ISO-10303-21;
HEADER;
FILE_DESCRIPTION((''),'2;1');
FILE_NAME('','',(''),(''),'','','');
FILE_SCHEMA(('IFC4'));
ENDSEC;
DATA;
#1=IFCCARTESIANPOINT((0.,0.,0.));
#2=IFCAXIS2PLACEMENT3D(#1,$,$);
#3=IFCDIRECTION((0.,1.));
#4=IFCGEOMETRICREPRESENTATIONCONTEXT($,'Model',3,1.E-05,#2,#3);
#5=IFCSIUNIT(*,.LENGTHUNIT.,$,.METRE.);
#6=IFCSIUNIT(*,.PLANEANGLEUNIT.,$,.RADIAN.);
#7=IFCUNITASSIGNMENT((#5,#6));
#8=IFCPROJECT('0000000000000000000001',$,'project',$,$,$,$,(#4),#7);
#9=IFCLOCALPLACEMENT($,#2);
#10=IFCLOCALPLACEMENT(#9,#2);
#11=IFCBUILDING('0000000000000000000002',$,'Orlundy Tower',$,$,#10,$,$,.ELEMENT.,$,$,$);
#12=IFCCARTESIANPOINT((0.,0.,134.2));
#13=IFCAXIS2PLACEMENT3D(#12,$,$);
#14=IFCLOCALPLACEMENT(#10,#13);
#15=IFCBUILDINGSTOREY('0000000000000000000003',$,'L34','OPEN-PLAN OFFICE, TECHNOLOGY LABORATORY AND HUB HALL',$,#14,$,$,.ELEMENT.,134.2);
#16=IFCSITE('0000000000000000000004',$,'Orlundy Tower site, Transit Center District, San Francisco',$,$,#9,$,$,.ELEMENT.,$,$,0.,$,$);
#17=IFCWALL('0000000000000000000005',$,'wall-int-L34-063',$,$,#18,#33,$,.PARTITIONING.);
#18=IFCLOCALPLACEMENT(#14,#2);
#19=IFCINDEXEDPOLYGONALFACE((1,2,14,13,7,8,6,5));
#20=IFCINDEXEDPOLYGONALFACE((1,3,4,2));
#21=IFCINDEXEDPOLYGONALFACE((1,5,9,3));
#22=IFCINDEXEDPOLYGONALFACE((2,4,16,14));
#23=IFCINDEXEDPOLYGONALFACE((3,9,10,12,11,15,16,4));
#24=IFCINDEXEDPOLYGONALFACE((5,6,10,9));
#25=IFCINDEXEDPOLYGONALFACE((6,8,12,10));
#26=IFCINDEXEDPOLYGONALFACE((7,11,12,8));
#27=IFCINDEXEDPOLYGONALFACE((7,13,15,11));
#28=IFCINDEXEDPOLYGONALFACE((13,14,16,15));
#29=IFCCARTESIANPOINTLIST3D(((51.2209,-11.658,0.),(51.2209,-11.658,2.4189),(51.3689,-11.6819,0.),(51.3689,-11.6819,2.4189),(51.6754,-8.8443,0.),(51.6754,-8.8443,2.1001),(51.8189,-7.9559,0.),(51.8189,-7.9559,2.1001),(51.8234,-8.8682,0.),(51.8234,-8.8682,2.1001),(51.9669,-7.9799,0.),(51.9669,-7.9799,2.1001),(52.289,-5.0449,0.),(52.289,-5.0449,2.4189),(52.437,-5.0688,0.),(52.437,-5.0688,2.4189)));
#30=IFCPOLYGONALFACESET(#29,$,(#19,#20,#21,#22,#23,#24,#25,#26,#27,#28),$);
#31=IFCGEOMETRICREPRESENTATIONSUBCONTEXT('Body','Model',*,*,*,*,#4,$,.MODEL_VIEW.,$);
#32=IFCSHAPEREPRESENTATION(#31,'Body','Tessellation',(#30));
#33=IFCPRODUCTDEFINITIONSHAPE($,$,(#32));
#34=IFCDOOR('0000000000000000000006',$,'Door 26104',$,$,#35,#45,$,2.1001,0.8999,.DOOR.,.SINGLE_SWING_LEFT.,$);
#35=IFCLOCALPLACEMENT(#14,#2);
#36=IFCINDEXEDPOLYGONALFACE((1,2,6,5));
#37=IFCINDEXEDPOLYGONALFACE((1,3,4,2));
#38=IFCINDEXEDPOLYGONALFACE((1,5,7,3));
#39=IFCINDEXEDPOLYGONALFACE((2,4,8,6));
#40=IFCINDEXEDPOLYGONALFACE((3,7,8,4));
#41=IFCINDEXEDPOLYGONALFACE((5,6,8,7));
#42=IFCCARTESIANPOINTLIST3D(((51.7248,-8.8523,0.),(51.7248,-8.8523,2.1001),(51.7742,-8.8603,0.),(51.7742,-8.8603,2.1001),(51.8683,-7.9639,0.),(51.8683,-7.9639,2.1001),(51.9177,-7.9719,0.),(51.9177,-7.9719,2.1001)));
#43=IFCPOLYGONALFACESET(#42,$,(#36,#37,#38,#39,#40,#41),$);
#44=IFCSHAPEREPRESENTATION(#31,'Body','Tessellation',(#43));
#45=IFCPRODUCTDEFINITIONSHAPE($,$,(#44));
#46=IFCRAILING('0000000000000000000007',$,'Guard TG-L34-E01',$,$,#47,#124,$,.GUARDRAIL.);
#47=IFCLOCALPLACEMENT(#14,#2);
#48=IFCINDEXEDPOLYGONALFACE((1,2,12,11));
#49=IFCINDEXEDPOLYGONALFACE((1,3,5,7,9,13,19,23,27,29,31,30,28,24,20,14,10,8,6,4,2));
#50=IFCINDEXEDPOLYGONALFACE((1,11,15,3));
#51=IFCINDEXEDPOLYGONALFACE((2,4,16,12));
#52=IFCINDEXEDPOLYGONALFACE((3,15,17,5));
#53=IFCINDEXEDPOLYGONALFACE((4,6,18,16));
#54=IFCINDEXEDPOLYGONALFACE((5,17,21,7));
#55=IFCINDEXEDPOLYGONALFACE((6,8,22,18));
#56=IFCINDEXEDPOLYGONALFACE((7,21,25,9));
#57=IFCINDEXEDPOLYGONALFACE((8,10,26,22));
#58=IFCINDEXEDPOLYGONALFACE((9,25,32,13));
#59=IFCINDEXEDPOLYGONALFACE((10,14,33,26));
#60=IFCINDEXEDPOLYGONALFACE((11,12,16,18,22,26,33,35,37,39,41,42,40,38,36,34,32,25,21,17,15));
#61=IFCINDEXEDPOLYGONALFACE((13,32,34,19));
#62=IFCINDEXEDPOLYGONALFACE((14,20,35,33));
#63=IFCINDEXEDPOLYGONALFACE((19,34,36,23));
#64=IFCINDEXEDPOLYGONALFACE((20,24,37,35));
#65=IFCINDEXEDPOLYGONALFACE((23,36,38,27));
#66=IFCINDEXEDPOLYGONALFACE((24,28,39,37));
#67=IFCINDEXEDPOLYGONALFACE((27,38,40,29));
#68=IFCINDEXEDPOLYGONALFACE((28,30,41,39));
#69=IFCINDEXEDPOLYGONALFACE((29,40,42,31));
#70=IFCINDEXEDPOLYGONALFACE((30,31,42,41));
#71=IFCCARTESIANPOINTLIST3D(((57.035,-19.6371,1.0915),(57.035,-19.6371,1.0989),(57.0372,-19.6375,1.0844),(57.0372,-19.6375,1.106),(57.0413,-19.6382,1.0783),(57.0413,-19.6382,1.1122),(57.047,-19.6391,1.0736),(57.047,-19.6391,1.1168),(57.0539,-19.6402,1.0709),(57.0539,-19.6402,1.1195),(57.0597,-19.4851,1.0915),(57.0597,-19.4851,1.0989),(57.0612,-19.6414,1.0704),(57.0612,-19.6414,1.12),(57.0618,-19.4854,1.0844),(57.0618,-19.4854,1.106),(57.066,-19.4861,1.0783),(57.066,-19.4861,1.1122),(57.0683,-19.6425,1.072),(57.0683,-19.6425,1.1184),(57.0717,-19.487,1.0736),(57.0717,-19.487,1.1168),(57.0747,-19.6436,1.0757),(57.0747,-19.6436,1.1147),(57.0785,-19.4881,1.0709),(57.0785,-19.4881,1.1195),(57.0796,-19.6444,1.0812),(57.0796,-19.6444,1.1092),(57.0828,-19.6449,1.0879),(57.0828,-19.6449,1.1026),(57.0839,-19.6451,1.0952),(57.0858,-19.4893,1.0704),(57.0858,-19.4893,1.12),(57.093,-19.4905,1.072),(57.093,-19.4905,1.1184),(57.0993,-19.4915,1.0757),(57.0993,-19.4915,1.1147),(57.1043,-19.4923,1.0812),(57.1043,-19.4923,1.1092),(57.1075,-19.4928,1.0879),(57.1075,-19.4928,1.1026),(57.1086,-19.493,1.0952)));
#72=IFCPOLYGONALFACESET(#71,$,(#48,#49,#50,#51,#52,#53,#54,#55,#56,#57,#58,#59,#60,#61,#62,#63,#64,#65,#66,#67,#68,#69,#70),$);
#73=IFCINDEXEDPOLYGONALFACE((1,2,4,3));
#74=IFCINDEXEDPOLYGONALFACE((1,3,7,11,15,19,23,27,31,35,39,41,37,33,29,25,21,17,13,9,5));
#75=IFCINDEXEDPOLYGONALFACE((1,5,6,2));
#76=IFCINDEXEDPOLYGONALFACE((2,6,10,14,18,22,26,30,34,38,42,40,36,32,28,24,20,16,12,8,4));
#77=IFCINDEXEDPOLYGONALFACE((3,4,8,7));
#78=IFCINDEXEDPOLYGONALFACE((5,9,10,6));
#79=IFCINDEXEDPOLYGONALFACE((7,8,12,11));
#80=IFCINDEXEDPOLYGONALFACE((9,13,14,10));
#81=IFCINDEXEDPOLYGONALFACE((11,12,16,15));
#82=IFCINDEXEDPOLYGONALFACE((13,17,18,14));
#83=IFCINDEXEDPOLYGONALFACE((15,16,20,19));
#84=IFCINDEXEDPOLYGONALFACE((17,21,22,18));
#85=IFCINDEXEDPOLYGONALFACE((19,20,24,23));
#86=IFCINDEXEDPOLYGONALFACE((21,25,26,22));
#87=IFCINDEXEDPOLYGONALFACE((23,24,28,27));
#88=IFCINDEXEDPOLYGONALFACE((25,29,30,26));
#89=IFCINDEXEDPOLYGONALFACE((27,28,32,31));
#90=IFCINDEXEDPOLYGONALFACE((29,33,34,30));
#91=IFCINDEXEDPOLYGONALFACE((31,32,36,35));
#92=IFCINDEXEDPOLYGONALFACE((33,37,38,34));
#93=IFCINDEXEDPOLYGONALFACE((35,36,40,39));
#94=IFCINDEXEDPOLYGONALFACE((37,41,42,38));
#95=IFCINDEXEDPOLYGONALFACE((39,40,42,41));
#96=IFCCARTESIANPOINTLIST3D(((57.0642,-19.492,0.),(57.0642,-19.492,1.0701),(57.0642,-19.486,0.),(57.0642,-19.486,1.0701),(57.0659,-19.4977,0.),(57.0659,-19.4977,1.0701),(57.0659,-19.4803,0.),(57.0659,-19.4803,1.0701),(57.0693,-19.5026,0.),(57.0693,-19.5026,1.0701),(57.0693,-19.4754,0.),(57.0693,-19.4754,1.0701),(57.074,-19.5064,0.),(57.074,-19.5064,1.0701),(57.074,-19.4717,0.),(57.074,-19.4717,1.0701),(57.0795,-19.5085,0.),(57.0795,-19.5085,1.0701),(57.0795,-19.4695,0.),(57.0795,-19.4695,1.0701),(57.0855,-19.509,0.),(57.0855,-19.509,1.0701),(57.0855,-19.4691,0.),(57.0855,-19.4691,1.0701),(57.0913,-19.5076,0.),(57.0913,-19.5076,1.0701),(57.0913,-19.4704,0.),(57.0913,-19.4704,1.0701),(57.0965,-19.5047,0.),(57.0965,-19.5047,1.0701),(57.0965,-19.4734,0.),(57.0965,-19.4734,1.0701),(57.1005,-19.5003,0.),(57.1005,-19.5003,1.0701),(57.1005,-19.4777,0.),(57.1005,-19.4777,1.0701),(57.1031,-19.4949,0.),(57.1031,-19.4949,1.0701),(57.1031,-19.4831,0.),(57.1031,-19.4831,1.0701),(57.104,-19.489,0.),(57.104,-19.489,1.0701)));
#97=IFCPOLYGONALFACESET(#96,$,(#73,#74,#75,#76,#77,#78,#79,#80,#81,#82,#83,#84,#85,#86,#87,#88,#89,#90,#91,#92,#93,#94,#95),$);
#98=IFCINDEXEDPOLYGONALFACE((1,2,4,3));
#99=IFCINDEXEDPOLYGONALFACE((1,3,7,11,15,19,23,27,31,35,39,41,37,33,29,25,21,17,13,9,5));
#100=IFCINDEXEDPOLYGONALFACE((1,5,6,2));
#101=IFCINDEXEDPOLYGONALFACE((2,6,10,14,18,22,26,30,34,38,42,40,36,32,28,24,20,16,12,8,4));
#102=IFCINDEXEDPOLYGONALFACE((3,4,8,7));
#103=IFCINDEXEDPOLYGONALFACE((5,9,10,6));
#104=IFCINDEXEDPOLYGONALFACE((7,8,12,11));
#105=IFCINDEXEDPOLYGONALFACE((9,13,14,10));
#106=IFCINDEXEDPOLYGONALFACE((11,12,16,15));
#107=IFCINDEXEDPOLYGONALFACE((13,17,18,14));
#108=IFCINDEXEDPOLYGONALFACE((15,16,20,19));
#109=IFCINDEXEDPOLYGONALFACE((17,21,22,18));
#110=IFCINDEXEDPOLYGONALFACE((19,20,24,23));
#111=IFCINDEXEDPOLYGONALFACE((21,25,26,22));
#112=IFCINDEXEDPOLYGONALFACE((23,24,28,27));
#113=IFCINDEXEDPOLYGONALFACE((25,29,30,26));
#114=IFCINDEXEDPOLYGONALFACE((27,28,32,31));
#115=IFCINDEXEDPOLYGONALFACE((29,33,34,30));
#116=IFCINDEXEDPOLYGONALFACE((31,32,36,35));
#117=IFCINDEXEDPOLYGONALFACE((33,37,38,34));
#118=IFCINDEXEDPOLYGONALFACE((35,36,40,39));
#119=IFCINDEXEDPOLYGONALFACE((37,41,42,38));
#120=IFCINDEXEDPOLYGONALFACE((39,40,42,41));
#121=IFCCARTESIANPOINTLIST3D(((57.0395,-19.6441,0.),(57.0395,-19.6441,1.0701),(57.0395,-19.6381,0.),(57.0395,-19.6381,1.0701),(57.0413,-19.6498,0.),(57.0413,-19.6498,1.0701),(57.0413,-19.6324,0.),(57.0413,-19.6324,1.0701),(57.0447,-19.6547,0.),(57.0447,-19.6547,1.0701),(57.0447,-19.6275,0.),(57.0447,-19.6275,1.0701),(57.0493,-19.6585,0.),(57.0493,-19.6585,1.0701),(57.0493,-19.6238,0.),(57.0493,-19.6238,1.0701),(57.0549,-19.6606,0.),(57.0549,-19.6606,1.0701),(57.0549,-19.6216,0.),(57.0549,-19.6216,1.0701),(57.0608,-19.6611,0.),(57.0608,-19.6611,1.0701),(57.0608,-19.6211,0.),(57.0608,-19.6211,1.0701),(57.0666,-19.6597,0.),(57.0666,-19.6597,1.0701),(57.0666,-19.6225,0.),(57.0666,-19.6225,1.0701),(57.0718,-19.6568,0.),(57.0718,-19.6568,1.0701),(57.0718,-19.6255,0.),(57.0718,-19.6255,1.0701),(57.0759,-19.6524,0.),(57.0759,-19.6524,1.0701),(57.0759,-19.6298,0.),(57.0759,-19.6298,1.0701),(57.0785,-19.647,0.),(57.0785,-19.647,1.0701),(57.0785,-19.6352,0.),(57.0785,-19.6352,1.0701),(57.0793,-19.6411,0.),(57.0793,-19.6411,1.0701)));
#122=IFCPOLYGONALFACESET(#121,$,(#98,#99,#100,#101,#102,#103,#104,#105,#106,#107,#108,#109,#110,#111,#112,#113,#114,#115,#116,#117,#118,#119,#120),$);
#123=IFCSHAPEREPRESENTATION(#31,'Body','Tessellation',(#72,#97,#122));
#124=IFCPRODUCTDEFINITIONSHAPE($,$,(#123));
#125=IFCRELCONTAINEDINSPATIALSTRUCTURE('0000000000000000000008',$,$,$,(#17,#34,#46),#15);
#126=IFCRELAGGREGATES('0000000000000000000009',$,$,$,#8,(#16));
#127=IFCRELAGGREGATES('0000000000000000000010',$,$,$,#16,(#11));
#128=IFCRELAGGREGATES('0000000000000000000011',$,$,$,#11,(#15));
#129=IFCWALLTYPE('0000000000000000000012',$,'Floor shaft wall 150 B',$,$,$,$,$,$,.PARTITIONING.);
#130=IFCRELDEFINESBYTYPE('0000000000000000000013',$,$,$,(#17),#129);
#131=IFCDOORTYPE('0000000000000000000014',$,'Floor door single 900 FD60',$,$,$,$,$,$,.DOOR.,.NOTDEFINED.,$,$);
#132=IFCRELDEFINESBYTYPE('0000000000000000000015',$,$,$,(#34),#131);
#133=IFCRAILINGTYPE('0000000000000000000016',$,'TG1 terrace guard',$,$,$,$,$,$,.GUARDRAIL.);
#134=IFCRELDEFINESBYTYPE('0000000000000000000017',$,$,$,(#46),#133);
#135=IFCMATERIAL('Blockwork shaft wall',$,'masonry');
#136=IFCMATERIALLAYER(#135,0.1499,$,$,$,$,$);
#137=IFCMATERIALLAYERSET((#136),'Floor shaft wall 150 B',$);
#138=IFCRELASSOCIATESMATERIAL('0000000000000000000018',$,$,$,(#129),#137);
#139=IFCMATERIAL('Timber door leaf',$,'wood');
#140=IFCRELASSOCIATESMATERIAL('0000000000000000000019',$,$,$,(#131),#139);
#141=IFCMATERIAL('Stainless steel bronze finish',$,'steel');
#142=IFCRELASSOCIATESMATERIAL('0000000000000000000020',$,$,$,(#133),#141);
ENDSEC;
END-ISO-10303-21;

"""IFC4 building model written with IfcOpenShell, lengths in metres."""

from ifc_helpers import new_model, si_unit, direction, frame, frame_2d, origin, origin_2d, place, context, subcontext, project, spatial, rectangle, circle, extrude, material, layer, layer_set, type_object, element, fill, save


model = new_model("IFC4")

# Units and contexts
model_context = context("Model", 3, precision=1e-05, world=origin(), true_north=direction((0.0, 1.0)))
body_context = subcontext(model_context, "Body", "Model", "MODEL_VIEW")
ifc_project = project(units=[si_unit("LENGTHUNIT", "METRE"), si_unit("PLANEANGLEUNIT", "RADIAN")], contexts=[model_context])

# Site, building, storey
site_placement = place(None, origin())
site = spatial("IfcSite", under=ifc_project, at=site_placement, Name="Orlundy Tower site, Transit Center District, San Francisco", CompositionType="ELEMENT", RefElevation=0.0)
building_placement = place(site_placement, origin())
building = spatial("IfcBuilding", under=site, at=building_placement, Name="Orlundy Tower", CompositionType="ELEMENT")
storey_placement = place(building_placement, frame((0.0, 0.0, 134.2)))
storey = spatial("IfcBuildingStorey", under=building, at=storey_placement, Name="L34", Description="OPEN-PLAN OFFICE, TECHNOLOGY LABORATORY AND HUB HALL", CompositionType="ELEMENT", Elevation=134.2)

# Wall, opening, door
ifc_material_1 = material(Name="Blockwork shaft wall", Category="masonry")
ifc_layer_1 = layer(ifc_material_1, 0.1499)
ifc_layer_set_1 = layer_set([ifc_layer_1], Name="Floor shaft wall 150 B")
wall_type_1 = type_object("IfcWallType", Name="Floor shaft wall 150 B", PredefinedType="PARTITIONING", material=ifc_layer_set_1)
wall_1_placement = place(storey_placement, frame((51.2949, -11.6699, 0.0), z_axis=(0.0, 0.0, 1.0), x_axis=(0.15945, 0.987206, 0.0)))
wall_1 = element("IfcWall", 1, at=wall_1_placement, inside=storey, type_object=wall_type_1, Name="wall-int-L34-063", PredefinedType="PARTITIONING", context=body_context, shape_type="SweptSolid", body=[
    extrude(rectangle(XDim=6.6987, YDim=0.1499, at=frame_2d((3.3494, 0.0))), origin(), (0.0, 0.0, 1.0), 2.4189),
])
opening_1_placement = place(wall_1_placement, frame((2.8501, 0.0, 0.0)))
opening_1 = element("IfcOpeningElement", 2, at=opening_1_placement, cuts=wall_1, PredefinedType="OPENING", context=body_context, shape_type="SweptSolid", body=[
    extrude(rectangle(XDim=0.8999, YDim=2.1001, at=frame_2d((0.45, 1.05))), frame((0.0, 0.085, 0.0), z_axis=(0.0, -1.0, 0.0), x_axis=(1.0, 0.0, 0.0)), (0.0, 0.0, 1.0), 0.1699),
])
ifc_material_2 = material(Name="Timber door leaf", Category="wood")
door_type_1 = type_object("IfcDoorType", Name="Floor door single 900 FD60", OperationType="NOTDEFINED", PredefinedType="DOOR", material=ifc_material_2)
door_1_placement = place(opening_1_placement, origin())
door_1 = element("IfcDoor", 3, at=door_1_placement, inside=storey, type_object=door_type_1, Name="Door 26104", OperationType="SINGLE_SWING_LEFT", OverallHeight=2.1001, OverallWidth=0.8999, PredefinedType="DOOR", context=body_context, shape_type="SweptSolid", body=[
    extrude(rectangle(XDim=0.8999, YDim=2.1001, at=frame_2d((0.45, 1.05))), frame((0.0, 0.0249, 0.0), z_axis=(0.0, -1.0, 0.0), x_axis=(1.0, 0.0, 0.0)), (0.0, 0.0, 1.0), 0.05),
])
fill(opening_1, door_1)

# Railing
ifc_material_3 = material(Name="Stainless steel bronze finish", Category="steel")
railing_type = type_object("IfcRailingType", Name="TG1 terrace guard", PredefinedType="GUARDRAIL", material=ifc_material_3)
railing_placement = place(storey_placement, frame((57.084, -19.489, 0.0)))
element("IfcRailing", 4, at=railing_placement, inside=storey, type_object=railing_type, Name="Guard TG-L34-E01", PredefinedType="GUARDRAIL", context=body_context, shape_type="SweptSolid", body=[
    extrude(circle(Radius=0.0249, at=origin_2d()), frame((0.0, 0.0, 1.0952), z_axis=(-0.160029, -0.987112, 0.0), x_axis=(0.987112, -0.160029, 0.0)), (0.0, 0.0, 1.0), 0.1541),
    extrude(circle(Radius=0.02, at=origin_2d()), origin(), (0.0, 0.0, 1.0), 1.0701),
    extrude(circle(Radius=0.02, at=origin_2d()), frame((-0.0247, -0.1521, 0.0)), (0.0, 0.0, 1.0), 1.0701),
])

save(model, "model.ifc")
